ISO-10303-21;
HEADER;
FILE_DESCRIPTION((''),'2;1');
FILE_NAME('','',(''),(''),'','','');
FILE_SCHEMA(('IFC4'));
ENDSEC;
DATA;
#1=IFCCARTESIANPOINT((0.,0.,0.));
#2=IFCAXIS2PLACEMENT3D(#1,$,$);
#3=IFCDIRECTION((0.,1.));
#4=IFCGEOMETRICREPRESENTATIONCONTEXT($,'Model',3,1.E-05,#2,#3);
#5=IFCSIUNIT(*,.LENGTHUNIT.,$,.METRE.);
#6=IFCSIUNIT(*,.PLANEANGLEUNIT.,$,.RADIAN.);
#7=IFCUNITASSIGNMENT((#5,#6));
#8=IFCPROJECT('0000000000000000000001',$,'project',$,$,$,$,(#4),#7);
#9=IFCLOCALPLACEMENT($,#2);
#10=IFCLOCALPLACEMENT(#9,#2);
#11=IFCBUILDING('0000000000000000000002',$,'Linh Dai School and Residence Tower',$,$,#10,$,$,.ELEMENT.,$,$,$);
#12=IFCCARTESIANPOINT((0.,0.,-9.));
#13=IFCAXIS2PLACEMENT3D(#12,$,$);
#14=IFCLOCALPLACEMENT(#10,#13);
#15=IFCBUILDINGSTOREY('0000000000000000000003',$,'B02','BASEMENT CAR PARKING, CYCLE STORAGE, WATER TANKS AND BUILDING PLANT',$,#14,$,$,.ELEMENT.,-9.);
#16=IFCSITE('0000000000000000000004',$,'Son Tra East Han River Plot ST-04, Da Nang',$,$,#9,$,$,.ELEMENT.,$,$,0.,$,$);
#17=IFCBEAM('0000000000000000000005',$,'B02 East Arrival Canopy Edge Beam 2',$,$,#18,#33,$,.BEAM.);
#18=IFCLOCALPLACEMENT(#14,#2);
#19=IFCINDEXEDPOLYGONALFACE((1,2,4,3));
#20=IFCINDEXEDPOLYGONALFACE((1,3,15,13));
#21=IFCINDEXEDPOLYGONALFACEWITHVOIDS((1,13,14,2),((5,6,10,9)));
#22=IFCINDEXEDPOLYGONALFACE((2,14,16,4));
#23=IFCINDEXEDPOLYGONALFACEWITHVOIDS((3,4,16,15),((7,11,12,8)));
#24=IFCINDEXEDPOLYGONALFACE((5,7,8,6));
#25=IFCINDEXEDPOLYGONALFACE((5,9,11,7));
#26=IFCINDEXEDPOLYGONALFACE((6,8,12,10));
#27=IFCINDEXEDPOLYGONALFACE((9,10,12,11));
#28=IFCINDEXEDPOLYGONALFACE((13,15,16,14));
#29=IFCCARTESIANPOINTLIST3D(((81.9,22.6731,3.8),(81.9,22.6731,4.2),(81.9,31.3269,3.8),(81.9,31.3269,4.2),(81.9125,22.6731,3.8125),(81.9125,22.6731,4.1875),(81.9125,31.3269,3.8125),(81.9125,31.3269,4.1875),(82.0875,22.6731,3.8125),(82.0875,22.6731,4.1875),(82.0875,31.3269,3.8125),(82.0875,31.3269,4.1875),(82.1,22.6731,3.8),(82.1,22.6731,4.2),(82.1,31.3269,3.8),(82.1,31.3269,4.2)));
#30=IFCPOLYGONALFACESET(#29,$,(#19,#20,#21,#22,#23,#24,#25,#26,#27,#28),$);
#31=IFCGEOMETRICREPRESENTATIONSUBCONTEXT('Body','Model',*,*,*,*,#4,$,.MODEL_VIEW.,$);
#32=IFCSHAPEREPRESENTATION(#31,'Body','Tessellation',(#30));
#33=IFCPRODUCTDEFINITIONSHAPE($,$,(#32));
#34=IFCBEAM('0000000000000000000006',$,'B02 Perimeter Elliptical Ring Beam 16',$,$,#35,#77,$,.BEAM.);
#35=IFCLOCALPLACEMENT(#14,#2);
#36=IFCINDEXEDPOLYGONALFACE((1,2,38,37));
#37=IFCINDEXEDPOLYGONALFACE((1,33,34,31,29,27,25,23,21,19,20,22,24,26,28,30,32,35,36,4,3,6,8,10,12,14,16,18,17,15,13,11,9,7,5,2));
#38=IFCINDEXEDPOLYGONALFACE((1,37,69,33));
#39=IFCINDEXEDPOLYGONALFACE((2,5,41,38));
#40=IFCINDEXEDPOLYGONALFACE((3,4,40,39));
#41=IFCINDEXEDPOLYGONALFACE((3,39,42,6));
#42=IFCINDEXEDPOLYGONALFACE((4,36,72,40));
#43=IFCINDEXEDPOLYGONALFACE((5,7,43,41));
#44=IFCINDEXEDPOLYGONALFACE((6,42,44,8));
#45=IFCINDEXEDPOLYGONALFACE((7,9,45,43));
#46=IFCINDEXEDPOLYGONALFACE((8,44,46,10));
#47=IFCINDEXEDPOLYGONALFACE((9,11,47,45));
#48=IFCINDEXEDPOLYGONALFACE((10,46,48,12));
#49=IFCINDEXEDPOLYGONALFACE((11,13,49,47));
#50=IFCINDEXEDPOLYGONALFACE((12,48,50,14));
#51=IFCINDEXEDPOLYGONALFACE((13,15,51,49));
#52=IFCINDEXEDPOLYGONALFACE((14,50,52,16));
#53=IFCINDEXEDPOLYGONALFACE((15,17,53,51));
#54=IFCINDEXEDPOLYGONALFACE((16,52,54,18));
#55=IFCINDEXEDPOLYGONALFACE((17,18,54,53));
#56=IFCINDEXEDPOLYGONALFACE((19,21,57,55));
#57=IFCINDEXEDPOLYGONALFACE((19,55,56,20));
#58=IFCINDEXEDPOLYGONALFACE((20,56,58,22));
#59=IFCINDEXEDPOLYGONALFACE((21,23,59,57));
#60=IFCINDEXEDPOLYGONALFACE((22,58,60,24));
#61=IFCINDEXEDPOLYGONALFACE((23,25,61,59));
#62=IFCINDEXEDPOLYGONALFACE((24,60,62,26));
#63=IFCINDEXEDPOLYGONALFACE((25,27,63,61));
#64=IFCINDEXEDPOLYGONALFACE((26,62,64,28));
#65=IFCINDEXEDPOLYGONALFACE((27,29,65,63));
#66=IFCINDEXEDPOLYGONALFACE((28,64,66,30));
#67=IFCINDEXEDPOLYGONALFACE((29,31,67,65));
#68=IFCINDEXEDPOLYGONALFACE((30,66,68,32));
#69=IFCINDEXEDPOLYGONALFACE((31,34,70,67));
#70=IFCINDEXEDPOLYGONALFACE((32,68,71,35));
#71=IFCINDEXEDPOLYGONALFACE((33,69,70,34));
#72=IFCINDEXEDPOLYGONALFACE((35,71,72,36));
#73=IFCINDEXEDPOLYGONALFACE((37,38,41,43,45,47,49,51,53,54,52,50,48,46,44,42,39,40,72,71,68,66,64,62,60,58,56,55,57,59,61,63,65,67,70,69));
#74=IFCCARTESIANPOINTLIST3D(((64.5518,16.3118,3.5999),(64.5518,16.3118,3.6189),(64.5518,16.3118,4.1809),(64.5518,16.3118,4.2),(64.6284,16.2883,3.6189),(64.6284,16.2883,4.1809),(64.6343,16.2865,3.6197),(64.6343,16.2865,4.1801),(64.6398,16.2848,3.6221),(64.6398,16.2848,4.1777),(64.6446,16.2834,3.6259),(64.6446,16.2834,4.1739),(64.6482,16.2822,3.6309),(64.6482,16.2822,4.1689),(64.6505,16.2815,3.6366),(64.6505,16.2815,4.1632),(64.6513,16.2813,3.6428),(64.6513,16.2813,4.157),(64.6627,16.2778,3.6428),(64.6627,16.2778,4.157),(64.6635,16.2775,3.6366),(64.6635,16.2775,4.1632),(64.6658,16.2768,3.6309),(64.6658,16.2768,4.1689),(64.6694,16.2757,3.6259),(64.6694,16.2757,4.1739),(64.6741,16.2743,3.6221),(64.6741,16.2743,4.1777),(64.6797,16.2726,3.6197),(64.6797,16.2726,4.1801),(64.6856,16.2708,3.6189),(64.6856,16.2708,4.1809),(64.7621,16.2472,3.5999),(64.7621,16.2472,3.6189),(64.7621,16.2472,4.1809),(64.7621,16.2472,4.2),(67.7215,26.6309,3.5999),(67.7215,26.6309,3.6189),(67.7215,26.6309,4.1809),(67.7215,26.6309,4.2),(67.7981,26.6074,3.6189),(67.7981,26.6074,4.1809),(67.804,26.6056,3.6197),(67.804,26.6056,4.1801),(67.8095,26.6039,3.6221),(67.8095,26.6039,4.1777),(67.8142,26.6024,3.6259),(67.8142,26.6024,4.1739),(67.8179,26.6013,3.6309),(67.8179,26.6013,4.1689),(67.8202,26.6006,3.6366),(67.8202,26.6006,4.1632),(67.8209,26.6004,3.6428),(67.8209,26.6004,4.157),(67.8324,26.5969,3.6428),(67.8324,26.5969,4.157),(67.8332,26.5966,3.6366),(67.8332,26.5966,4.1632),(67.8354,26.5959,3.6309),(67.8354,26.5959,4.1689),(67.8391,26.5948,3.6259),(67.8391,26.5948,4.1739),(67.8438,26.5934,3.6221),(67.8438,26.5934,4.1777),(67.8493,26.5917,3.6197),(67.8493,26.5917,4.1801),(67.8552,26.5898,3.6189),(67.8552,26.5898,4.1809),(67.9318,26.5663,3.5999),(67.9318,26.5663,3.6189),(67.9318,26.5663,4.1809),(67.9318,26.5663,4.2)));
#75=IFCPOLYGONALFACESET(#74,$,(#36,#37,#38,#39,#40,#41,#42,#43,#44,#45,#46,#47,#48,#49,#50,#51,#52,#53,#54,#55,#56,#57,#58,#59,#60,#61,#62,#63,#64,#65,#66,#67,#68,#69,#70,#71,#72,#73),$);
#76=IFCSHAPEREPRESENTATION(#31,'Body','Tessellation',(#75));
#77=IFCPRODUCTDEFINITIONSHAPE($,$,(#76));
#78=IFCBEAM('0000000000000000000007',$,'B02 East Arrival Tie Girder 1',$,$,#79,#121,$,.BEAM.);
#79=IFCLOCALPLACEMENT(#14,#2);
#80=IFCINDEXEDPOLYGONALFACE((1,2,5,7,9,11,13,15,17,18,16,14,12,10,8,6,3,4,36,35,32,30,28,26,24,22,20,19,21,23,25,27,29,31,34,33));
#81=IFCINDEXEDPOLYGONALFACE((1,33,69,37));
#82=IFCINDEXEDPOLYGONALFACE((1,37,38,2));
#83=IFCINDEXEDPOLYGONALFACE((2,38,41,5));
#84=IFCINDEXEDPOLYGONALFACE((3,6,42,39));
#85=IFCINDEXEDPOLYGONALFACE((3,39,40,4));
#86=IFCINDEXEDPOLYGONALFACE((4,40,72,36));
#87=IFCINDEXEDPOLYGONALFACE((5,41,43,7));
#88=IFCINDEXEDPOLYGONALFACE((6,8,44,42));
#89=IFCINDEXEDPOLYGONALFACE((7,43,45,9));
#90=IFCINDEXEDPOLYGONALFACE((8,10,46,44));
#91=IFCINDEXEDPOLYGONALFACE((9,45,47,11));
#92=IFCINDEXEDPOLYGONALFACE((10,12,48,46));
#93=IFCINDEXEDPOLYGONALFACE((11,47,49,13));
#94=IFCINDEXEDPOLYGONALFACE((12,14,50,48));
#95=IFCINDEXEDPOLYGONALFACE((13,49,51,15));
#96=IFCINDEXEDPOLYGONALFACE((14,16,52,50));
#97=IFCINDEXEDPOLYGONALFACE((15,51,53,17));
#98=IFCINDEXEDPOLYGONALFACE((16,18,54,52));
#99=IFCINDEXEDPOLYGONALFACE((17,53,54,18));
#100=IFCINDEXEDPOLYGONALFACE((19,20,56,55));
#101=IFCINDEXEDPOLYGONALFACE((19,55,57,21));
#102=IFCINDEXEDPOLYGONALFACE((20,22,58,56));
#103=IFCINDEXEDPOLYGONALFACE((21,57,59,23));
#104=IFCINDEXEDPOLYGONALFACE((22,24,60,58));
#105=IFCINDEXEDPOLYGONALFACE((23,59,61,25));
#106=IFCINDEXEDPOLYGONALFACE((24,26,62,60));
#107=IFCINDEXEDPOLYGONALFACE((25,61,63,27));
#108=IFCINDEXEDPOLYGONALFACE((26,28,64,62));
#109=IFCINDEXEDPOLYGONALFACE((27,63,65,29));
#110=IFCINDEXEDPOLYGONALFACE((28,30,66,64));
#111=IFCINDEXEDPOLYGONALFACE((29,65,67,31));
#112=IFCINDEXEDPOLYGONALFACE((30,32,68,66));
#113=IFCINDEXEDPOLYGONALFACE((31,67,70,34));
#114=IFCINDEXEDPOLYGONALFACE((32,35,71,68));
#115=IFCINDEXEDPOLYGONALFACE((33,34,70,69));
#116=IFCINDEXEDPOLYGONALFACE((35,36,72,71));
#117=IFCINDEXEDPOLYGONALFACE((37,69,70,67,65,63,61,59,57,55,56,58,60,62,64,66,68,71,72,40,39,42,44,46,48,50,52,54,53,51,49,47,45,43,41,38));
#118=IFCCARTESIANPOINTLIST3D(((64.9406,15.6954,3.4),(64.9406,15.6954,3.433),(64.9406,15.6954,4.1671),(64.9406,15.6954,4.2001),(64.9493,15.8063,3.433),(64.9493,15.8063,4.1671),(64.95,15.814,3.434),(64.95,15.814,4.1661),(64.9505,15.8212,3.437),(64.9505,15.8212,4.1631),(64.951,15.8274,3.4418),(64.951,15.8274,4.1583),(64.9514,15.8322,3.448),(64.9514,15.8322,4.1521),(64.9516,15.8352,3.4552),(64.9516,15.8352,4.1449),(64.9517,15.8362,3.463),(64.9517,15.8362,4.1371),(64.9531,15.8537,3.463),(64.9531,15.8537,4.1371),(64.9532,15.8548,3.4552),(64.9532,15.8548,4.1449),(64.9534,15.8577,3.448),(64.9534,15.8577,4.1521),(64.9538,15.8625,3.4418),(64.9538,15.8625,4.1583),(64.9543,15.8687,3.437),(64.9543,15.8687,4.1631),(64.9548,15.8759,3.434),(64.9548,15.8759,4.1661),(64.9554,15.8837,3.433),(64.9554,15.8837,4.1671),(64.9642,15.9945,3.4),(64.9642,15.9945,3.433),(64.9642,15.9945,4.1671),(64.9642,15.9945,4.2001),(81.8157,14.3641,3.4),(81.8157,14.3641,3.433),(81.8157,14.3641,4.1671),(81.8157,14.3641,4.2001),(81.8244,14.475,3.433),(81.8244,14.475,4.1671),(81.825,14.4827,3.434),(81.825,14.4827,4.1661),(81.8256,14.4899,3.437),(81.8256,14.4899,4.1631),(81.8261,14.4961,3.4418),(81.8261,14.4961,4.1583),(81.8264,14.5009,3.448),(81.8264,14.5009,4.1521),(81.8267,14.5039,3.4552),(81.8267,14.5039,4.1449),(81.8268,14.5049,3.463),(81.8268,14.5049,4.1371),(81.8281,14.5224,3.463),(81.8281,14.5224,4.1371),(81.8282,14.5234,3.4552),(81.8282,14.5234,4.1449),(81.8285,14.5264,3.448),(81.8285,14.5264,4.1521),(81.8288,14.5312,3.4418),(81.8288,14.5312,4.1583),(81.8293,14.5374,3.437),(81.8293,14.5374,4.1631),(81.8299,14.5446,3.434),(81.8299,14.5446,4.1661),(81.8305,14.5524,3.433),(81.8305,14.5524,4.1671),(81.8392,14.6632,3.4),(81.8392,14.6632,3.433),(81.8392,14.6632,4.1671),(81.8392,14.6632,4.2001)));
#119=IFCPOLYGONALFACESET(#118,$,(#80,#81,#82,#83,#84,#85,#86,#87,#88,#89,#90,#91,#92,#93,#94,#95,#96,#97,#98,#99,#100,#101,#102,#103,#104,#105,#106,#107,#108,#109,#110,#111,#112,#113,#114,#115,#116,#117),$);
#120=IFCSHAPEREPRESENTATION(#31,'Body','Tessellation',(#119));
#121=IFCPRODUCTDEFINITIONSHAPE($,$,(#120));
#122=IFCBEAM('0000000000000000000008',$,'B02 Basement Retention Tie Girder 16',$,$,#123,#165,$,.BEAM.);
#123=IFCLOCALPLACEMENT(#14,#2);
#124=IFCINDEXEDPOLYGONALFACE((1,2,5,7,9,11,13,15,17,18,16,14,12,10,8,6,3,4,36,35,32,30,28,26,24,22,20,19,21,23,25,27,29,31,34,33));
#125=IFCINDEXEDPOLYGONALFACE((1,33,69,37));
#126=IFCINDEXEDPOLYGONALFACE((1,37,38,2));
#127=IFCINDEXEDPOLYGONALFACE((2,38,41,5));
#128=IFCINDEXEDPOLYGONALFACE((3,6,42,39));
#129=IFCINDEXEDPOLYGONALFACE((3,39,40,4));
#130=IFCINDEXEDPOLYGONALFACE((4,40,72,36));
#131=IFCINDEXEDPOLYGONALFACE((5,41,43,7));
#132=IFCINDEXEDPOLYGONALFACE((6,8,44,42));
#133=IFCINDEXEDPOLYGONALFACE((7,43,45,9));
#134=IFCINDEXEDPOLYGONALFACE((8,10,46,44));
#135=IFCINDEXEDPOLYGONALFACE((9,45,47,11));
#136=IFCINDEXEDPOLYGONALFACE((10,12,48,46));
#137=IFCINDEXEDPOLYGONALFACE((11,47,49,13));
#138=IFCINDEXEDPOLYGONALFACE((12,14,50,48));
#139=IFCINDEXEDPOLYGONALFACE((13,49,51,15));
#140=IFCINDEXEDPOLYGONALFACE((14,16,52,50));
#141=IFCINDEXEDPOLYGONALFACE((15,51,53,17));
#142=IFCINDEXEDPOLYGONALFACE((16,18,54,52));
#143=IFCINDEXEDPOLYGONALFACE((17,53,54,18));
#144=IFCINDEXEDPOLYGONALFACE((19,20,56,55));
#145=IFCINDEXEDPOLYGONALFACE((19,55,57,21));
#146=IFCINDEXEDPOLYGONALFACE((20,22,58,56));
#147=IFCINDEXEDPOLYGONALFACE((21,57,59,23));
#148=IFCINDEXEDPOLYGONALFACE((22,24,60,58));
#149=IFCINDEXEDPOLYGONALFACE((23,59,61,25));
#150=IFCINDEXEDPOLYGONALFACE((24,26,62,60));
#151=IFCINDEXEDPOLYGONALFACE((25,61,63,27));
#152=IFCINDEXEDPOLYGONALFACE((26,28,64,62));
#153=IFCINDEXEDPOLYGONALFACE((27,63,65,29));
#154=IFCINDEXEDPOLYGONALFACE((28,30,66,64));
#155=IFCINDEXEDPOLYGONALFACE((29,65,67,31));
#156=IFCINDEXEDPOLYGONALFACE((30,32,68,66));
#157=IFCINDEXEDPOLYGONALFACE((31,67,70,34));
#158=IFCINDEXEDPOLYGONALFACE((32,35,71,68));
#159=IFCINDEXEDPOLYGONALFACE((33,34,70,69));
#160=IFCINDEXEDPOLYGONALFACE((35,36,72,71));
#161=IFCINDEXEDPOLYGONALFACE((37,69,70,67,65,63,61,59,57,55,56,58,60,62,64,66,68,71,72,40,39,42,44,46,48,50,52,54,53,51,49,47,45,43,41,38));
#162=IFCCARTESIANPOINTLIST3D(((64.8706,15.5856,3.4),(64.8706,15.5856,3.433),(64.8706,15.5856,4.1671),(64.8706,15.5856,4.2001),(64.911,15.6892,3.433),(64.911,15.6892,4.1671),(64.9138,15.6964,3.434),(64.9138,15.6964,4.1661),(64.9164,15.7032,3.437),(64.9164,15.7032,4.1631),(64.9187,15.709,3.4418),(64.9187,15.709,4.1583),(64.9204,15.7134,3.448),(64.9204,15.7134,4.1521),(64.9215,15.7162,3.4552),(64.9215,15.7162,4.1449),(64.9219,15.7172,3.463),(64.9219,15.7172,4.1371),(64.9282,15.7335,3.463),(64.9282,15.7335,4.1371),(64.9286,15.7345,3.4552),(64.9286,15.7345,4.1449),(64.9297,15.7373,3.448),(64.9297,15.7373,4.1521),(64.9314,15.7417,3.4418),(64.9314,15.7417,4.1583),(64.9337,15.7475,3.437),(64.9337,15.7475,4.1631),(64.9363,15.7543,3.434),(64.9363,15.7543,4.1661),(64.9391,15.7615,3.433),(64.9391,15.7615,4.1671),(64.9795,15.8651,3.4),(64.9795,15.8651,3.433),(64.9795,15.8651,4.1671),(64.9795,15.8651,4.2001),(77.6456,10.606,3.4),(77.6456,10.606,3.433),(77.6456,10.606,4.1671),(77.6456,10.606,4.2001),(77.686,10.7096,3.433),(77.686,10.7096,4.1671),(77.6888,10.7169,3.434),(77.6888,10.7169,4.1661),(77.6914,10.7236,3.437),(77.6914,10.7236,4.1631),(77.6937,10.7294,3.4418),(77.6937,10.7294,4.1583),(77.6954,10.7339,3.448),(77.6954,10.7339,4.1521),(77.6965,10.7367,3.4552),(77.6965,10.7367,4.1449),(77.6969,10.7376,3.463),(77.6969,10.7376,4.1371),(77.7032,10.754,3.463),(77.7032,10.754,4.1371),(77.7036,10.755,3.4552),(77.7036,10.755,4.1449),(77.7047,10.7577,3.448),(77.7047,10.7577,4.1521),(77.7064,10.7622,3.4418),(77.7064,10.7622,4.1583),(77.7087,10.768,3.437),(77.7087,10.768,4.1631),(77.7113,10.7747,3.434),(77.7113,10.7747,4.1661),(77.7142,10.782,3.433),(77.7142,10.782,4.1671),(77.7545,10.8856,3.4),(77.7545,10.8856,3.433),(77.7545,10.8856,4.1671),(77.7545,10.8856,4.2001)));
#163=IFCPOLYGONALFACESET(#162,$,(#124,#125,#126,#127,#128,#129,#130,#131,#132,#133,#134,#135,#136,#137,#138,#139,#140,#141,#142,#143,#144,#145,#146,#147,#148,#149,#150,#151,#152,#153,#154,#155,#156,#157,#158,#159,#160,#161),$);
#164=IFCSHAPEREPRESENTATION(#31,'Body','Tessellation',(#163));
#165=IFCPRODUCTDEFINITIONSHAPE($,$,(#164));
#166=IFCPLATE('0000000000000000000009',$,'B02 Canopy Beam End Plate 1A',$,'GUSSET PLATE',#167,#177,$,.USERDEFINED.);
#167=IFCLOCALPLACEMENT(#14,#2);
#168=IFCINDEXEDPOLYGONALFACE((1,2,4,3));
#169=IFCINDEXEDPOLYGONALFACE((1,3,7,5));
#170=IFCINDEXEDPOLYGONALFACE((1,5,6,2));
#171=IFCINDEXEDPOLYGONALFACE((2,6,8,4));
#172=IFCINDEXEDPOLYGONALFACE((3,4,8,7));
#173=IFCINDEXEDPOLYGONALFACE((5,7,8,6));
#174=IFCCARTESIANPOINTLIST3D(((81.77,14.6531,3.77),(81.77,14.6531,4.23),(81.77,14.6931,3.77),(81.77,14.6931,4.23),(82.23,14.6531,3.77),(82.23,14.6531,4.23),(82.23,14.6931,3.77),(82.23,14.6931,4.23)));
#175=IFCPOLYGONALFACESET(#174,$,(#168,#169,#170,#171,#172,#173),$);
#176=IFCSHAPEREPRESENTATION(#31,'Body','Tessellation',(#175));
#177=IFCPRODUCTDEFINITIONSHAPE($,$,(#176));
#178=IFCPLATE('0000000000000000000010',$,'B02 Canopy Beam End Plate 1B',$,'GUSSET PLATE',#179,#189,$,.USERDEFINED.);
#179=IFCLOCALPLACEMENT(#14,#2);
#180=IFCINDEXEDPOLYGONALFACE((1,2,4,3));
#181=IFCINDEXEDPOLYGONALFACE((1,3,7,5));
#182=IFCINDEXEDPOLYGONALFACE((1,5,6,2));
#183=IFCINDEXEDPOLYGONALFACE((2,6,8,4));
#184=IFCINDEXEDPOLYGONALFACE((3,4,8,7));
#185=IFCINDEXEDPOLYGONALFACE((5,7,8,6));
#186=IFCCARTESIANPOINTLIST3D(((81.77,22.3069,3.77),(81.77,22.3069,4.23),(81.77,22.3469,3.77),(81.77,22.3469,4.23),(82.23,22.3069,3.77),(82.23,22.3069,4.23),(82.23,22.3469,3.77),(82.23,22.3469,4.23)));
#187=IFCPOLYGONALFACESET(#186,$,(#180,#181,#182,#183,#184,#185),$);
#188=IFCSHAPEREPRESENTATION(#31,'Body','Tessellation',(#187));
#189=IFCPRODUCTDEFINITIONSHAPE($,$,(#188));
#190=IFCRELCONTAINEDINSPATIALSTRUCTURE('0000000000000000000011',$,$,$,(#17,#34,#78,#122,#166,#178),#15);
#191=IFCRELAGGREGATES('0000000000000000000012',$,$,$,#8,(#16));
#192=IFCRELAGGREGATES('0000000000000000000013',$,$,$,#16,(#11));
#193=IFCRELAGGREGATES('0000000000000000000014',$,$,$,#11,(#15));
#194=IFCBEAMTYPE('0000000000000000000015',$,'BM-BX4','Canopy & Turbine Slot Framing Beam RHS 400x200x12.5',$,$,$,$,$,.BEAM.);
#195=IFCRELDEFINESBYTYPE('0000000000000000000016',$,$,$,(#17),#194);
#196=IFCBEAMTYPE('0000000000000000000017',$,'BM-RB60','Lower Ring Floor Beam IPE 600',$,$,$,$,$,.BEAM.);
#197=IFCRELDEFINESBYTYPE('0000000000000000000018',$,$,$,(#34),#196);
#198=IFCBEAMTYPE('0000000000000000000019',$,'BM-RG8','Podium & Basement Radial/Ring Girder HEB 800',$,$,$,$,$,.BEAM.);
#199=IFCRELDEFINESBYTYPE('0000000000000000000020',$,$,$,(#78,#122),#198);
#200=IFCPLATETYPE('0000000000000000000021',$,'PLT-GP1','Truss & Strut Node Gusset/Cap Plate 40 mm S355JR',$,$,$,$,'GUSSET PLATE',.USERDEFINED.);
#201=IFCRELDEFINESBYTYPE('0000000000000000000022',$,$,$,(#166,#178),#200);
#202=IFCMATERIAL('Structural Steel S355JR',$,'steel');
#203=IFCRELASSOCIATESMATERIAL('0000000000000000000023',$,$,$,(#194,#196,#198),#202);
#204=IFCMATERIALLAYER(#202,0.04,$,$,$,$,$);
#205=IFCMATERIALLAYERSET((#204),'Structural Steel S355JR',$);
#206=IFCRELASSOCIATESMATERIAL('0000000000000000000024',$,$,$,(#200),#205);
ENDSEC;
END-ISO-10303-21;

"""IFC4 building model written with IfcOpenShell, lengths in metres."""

from ifc_helpers import new_model, si_unit, direction, frame, origin, origin_2d, place, context, subcontext, project, spatial, rectangle, hollow_rectangle, i_section, extrude, source, transform, mapped, material, layer, layer_set, material_profile, profile_set, type_object, element, save


model = new_model("IFC4")

# Units and contexts
model_context = context("Model", 3, precision=1e-05, world=origin(), true_north=direction((0.0, 1.0)))
body_context = subcontext(model_context, "Body", "Model", "MODEL_VIEW")
ifc_project = project(units=[si_unit("LENGTHUNIT", "METRE"), si_unit("PLANEANGLEUNIT", "RADIAN")], contexts=[model_context])

# Site, building, storey
site_placement = place(None, origin())
site = spatial("IfcSite", under=ifc_project, at=site_placement, Name="Son Tra East Han River Plot ST-04, Da Nang", CompositionType="ELEMENT", RefElevation=0.0)
building_placement = place(site_placement, origin())
building = spatial("IfcBuilding", under=site, at=building_placement, Name="Linh Dai School and Residence Tower", CompositionType="ELEMENT")
storey_placement = place(building_placement, frame((0.0, 0.0, -9.0)))
storey = spatial("IfcBuildingStorey", under=building, at=storey_placement, Name="B02", Description="BASEMENT CAR PARKING, CYCLE STORAGE, WATER TANKS AND BUILDING PLANT", CompositionType="ELEMENT", Elevation=-9.0)

# Shared definitions
ifc_material_1 = material(Name="Structural Steel S355JR", Category="steel")

# Beams
ifc_material_profile_1 = material_profile(ifc_material_1, hollow_rectangle(XDim=0.2, YDim=0.3999, WallThickness=0.0125, at=origin_2d()), Name="RHS 400x200x12.5")
ifc_profile_set_1 = profile_set([ifc_material_profile_1], Name="Structural Steel S355JR")
beam_type_1 = type_object("IfcBeamType", Name="BM-BX4", Description="Canopy & Turbine Slot Framing Beam RHS 400x200x12.5", PredefinedType="BEAM", material=ifc_profile_set_1)
beam_1_placement = place(storey_placement, frame((82.0, 22.6731, 4.0), z_axis=(0.0, 1.0, 0.0), x_axis=(-1.0, 0.0, 0.0)))
element("IfcBeam", 1, at=beam_1_placement, inside=storey, type_object=beam_type_1, Name="B02 East Arrival Canopy Edge Beam 2", PredefinedType="BEAM", context=body_context, shape_type="SweptSolid", body=[
    extrude(hollow_rectangle(XDim=0.2, YDim=0.3999, WallThickness=0.0125, at=origin_2d()), origin(), (0.0, 0.0, 1.0), 8.6538),
])
ifc_material_profile_2 = material_profile(ifc_material_1, i_section(OverallWidth=0.22, OverallDepth=0.6001, WebThickness=0.012, FlangeThickness=0.019, FilletRadius=0.0239, at=origin_2d()), Name="IPE 600")
ifc_profile_set_2 = profile_set([ifc_material_profile_2], Name="Structural Steel S355JR")
beam_type_2 = type_object("IfcBeamType", Name="BM-RB60", Description="Lower Ring Floor Beam IPE 600", PredefinedType="BEAM", material=ifc_profile_set_2)
beam_2_placement = place(storey_placement, frame((64.657, 16.2795, 3.8999), z_axis=(0.293627, 0.95592, 0.0), x_axis=(-0.95592, 0.293627, 0.0)))
element("IfcBeam", 2, at=beam_2_placement, inside=storey, type_object=beam_type_2, Name="B02 Perimeter Elliptical Ring Beam 16", PredefinedType="BEAM", context=body_context, shape_type="SweptSolid", body=[
    extrude(i_section(OverallWidth=0.22, OverallDepth=0.6001, WebThickness=0.012, FlangeThickness=0.019, FilletRadius=0.0239, at=origin_2d()), origin(), (0.0, 0.0, 1.0), 10.7949),
])
ifc_material_profile_3 = material_profile(ifc_material_1, i_section(OverallWidth=0.3, OverallDepth=0.8, WebThickness=0.0176, FlangeThickness=0.033, FilletRadius=0.03, at=origin_2d()), Name="HEB 800")
ifc_profile_set_3 = profile_set([ifc_material_profile_3], Name="Structural Steel S355JR")
beam_type_3 = type_object("IfcBeamType", Name="BM-RG8", Description="Podium & Basement Radial/Ring Girder HEB 800", PredefinedType="BEAM", material=ifc_profile_set_3)
beam_3_placement = place(storey_placement, frame((64.9524, 15.845, 3.8), z_axis=(0.996902, -0.078647, 0.0), x_axis=(0.078647, 0.996902, 0.0)))
element("IfcBeam", 3, at=beam_3_placement, inside=storey, type_object=beam_type_3, Name="B02 East Arrival Tie Girder 1", PredefinedType="BEAM", context=body_context, shape_type="SweptSolid", body=[
    extrude(i_section(OverallWidth=0.3, OverallDepth=0.8, WebThickness=0.0176, FlangeThickness=0.033, FilletRadius=0.03, at=origin_2d()), origin(), (0.0, 0.0, 1.0), 16.9275),
])
beam_4_placement = place(storey_placement, frame((64.925, 15.7253, 3.8), z_axis=(0.931722, -0.363173, 0.0), x_axis=(0.363173, 0.931722, 0.0)))
element("IfcBeam", 4, at=beam_4_placement, inside=storey, type_object=beam_type_3, Name="B02 Basement Retention Tie Girder 16", PredefinedType="BEAM", context=body_context, shape_type="SweptSolid", body=[
    extrude(i_section(OverallWidth=0.3, OverallDepth=0.8, WebThickness=0.0176, FlangeThickness=0.033, FilletRadius=0.03, at=origin_2d()), origin(), (0.0, 0.0, 1.0), 13.7112),
])

# Plates
ifc_layer_1 = layer(ifc_material_1, 0.04)
ifc_layer_set_1 = layer_set([ifc_layer_1], Name="Structural Steel S355JR")
plate_type = type_object("IfcPlateType", Name="PLT-GP1", Description="Truss & Strut Node Gusset/Cap Plate 40 mm S355JR", ElementType="GUSSET PLATE", PredefinedType="USERDEFINED", material=ifc_layer_set_1)
shared_shape = source(origin(), body_context, "Body", "SweptSolid", [
    extrude(rectangle(XDim=0.46, YDim=0.04, at=origin_2d()), origin(), (0.0, 0.0, 1.0), 0.46),
])
for number, where, z_axis, x_axis, name in (
    (5, (82.0, 14.6731, 3.77), (0.0, 0.0, 1.0), (1.0, 0.0, 0.0), "B02 Canopy Beam End Plate 1A"),
    (6, (82.0, 22.3269, 3.77), (0.0, 0.0, 1.0), (1.0, 0.0, 0.0), "B02 Canopy Beam End Plate 1B"),
):
    element("IfcPlate", number, at=place(storey_placement, frame(where, z_axis=z_axis, x_axis=x_axis)), inside=storey, type_object=plate_type, Name=name, ObjectType="GUSSET PLATE", PredefinedType="USERDEFINED", context=body_context, shape_type="MappedRepresentation", body=[
        mapped(shared_shape, transform((0.0, 0.0, 0.0), x_axis=(1.0, 0.0, 0.0), y_axis=(0.0, 1.0, 0.0), z_axis=(0.0, 0.0, 1.0), scale=1.0)),
    ])

save(model, "model.ifc")
